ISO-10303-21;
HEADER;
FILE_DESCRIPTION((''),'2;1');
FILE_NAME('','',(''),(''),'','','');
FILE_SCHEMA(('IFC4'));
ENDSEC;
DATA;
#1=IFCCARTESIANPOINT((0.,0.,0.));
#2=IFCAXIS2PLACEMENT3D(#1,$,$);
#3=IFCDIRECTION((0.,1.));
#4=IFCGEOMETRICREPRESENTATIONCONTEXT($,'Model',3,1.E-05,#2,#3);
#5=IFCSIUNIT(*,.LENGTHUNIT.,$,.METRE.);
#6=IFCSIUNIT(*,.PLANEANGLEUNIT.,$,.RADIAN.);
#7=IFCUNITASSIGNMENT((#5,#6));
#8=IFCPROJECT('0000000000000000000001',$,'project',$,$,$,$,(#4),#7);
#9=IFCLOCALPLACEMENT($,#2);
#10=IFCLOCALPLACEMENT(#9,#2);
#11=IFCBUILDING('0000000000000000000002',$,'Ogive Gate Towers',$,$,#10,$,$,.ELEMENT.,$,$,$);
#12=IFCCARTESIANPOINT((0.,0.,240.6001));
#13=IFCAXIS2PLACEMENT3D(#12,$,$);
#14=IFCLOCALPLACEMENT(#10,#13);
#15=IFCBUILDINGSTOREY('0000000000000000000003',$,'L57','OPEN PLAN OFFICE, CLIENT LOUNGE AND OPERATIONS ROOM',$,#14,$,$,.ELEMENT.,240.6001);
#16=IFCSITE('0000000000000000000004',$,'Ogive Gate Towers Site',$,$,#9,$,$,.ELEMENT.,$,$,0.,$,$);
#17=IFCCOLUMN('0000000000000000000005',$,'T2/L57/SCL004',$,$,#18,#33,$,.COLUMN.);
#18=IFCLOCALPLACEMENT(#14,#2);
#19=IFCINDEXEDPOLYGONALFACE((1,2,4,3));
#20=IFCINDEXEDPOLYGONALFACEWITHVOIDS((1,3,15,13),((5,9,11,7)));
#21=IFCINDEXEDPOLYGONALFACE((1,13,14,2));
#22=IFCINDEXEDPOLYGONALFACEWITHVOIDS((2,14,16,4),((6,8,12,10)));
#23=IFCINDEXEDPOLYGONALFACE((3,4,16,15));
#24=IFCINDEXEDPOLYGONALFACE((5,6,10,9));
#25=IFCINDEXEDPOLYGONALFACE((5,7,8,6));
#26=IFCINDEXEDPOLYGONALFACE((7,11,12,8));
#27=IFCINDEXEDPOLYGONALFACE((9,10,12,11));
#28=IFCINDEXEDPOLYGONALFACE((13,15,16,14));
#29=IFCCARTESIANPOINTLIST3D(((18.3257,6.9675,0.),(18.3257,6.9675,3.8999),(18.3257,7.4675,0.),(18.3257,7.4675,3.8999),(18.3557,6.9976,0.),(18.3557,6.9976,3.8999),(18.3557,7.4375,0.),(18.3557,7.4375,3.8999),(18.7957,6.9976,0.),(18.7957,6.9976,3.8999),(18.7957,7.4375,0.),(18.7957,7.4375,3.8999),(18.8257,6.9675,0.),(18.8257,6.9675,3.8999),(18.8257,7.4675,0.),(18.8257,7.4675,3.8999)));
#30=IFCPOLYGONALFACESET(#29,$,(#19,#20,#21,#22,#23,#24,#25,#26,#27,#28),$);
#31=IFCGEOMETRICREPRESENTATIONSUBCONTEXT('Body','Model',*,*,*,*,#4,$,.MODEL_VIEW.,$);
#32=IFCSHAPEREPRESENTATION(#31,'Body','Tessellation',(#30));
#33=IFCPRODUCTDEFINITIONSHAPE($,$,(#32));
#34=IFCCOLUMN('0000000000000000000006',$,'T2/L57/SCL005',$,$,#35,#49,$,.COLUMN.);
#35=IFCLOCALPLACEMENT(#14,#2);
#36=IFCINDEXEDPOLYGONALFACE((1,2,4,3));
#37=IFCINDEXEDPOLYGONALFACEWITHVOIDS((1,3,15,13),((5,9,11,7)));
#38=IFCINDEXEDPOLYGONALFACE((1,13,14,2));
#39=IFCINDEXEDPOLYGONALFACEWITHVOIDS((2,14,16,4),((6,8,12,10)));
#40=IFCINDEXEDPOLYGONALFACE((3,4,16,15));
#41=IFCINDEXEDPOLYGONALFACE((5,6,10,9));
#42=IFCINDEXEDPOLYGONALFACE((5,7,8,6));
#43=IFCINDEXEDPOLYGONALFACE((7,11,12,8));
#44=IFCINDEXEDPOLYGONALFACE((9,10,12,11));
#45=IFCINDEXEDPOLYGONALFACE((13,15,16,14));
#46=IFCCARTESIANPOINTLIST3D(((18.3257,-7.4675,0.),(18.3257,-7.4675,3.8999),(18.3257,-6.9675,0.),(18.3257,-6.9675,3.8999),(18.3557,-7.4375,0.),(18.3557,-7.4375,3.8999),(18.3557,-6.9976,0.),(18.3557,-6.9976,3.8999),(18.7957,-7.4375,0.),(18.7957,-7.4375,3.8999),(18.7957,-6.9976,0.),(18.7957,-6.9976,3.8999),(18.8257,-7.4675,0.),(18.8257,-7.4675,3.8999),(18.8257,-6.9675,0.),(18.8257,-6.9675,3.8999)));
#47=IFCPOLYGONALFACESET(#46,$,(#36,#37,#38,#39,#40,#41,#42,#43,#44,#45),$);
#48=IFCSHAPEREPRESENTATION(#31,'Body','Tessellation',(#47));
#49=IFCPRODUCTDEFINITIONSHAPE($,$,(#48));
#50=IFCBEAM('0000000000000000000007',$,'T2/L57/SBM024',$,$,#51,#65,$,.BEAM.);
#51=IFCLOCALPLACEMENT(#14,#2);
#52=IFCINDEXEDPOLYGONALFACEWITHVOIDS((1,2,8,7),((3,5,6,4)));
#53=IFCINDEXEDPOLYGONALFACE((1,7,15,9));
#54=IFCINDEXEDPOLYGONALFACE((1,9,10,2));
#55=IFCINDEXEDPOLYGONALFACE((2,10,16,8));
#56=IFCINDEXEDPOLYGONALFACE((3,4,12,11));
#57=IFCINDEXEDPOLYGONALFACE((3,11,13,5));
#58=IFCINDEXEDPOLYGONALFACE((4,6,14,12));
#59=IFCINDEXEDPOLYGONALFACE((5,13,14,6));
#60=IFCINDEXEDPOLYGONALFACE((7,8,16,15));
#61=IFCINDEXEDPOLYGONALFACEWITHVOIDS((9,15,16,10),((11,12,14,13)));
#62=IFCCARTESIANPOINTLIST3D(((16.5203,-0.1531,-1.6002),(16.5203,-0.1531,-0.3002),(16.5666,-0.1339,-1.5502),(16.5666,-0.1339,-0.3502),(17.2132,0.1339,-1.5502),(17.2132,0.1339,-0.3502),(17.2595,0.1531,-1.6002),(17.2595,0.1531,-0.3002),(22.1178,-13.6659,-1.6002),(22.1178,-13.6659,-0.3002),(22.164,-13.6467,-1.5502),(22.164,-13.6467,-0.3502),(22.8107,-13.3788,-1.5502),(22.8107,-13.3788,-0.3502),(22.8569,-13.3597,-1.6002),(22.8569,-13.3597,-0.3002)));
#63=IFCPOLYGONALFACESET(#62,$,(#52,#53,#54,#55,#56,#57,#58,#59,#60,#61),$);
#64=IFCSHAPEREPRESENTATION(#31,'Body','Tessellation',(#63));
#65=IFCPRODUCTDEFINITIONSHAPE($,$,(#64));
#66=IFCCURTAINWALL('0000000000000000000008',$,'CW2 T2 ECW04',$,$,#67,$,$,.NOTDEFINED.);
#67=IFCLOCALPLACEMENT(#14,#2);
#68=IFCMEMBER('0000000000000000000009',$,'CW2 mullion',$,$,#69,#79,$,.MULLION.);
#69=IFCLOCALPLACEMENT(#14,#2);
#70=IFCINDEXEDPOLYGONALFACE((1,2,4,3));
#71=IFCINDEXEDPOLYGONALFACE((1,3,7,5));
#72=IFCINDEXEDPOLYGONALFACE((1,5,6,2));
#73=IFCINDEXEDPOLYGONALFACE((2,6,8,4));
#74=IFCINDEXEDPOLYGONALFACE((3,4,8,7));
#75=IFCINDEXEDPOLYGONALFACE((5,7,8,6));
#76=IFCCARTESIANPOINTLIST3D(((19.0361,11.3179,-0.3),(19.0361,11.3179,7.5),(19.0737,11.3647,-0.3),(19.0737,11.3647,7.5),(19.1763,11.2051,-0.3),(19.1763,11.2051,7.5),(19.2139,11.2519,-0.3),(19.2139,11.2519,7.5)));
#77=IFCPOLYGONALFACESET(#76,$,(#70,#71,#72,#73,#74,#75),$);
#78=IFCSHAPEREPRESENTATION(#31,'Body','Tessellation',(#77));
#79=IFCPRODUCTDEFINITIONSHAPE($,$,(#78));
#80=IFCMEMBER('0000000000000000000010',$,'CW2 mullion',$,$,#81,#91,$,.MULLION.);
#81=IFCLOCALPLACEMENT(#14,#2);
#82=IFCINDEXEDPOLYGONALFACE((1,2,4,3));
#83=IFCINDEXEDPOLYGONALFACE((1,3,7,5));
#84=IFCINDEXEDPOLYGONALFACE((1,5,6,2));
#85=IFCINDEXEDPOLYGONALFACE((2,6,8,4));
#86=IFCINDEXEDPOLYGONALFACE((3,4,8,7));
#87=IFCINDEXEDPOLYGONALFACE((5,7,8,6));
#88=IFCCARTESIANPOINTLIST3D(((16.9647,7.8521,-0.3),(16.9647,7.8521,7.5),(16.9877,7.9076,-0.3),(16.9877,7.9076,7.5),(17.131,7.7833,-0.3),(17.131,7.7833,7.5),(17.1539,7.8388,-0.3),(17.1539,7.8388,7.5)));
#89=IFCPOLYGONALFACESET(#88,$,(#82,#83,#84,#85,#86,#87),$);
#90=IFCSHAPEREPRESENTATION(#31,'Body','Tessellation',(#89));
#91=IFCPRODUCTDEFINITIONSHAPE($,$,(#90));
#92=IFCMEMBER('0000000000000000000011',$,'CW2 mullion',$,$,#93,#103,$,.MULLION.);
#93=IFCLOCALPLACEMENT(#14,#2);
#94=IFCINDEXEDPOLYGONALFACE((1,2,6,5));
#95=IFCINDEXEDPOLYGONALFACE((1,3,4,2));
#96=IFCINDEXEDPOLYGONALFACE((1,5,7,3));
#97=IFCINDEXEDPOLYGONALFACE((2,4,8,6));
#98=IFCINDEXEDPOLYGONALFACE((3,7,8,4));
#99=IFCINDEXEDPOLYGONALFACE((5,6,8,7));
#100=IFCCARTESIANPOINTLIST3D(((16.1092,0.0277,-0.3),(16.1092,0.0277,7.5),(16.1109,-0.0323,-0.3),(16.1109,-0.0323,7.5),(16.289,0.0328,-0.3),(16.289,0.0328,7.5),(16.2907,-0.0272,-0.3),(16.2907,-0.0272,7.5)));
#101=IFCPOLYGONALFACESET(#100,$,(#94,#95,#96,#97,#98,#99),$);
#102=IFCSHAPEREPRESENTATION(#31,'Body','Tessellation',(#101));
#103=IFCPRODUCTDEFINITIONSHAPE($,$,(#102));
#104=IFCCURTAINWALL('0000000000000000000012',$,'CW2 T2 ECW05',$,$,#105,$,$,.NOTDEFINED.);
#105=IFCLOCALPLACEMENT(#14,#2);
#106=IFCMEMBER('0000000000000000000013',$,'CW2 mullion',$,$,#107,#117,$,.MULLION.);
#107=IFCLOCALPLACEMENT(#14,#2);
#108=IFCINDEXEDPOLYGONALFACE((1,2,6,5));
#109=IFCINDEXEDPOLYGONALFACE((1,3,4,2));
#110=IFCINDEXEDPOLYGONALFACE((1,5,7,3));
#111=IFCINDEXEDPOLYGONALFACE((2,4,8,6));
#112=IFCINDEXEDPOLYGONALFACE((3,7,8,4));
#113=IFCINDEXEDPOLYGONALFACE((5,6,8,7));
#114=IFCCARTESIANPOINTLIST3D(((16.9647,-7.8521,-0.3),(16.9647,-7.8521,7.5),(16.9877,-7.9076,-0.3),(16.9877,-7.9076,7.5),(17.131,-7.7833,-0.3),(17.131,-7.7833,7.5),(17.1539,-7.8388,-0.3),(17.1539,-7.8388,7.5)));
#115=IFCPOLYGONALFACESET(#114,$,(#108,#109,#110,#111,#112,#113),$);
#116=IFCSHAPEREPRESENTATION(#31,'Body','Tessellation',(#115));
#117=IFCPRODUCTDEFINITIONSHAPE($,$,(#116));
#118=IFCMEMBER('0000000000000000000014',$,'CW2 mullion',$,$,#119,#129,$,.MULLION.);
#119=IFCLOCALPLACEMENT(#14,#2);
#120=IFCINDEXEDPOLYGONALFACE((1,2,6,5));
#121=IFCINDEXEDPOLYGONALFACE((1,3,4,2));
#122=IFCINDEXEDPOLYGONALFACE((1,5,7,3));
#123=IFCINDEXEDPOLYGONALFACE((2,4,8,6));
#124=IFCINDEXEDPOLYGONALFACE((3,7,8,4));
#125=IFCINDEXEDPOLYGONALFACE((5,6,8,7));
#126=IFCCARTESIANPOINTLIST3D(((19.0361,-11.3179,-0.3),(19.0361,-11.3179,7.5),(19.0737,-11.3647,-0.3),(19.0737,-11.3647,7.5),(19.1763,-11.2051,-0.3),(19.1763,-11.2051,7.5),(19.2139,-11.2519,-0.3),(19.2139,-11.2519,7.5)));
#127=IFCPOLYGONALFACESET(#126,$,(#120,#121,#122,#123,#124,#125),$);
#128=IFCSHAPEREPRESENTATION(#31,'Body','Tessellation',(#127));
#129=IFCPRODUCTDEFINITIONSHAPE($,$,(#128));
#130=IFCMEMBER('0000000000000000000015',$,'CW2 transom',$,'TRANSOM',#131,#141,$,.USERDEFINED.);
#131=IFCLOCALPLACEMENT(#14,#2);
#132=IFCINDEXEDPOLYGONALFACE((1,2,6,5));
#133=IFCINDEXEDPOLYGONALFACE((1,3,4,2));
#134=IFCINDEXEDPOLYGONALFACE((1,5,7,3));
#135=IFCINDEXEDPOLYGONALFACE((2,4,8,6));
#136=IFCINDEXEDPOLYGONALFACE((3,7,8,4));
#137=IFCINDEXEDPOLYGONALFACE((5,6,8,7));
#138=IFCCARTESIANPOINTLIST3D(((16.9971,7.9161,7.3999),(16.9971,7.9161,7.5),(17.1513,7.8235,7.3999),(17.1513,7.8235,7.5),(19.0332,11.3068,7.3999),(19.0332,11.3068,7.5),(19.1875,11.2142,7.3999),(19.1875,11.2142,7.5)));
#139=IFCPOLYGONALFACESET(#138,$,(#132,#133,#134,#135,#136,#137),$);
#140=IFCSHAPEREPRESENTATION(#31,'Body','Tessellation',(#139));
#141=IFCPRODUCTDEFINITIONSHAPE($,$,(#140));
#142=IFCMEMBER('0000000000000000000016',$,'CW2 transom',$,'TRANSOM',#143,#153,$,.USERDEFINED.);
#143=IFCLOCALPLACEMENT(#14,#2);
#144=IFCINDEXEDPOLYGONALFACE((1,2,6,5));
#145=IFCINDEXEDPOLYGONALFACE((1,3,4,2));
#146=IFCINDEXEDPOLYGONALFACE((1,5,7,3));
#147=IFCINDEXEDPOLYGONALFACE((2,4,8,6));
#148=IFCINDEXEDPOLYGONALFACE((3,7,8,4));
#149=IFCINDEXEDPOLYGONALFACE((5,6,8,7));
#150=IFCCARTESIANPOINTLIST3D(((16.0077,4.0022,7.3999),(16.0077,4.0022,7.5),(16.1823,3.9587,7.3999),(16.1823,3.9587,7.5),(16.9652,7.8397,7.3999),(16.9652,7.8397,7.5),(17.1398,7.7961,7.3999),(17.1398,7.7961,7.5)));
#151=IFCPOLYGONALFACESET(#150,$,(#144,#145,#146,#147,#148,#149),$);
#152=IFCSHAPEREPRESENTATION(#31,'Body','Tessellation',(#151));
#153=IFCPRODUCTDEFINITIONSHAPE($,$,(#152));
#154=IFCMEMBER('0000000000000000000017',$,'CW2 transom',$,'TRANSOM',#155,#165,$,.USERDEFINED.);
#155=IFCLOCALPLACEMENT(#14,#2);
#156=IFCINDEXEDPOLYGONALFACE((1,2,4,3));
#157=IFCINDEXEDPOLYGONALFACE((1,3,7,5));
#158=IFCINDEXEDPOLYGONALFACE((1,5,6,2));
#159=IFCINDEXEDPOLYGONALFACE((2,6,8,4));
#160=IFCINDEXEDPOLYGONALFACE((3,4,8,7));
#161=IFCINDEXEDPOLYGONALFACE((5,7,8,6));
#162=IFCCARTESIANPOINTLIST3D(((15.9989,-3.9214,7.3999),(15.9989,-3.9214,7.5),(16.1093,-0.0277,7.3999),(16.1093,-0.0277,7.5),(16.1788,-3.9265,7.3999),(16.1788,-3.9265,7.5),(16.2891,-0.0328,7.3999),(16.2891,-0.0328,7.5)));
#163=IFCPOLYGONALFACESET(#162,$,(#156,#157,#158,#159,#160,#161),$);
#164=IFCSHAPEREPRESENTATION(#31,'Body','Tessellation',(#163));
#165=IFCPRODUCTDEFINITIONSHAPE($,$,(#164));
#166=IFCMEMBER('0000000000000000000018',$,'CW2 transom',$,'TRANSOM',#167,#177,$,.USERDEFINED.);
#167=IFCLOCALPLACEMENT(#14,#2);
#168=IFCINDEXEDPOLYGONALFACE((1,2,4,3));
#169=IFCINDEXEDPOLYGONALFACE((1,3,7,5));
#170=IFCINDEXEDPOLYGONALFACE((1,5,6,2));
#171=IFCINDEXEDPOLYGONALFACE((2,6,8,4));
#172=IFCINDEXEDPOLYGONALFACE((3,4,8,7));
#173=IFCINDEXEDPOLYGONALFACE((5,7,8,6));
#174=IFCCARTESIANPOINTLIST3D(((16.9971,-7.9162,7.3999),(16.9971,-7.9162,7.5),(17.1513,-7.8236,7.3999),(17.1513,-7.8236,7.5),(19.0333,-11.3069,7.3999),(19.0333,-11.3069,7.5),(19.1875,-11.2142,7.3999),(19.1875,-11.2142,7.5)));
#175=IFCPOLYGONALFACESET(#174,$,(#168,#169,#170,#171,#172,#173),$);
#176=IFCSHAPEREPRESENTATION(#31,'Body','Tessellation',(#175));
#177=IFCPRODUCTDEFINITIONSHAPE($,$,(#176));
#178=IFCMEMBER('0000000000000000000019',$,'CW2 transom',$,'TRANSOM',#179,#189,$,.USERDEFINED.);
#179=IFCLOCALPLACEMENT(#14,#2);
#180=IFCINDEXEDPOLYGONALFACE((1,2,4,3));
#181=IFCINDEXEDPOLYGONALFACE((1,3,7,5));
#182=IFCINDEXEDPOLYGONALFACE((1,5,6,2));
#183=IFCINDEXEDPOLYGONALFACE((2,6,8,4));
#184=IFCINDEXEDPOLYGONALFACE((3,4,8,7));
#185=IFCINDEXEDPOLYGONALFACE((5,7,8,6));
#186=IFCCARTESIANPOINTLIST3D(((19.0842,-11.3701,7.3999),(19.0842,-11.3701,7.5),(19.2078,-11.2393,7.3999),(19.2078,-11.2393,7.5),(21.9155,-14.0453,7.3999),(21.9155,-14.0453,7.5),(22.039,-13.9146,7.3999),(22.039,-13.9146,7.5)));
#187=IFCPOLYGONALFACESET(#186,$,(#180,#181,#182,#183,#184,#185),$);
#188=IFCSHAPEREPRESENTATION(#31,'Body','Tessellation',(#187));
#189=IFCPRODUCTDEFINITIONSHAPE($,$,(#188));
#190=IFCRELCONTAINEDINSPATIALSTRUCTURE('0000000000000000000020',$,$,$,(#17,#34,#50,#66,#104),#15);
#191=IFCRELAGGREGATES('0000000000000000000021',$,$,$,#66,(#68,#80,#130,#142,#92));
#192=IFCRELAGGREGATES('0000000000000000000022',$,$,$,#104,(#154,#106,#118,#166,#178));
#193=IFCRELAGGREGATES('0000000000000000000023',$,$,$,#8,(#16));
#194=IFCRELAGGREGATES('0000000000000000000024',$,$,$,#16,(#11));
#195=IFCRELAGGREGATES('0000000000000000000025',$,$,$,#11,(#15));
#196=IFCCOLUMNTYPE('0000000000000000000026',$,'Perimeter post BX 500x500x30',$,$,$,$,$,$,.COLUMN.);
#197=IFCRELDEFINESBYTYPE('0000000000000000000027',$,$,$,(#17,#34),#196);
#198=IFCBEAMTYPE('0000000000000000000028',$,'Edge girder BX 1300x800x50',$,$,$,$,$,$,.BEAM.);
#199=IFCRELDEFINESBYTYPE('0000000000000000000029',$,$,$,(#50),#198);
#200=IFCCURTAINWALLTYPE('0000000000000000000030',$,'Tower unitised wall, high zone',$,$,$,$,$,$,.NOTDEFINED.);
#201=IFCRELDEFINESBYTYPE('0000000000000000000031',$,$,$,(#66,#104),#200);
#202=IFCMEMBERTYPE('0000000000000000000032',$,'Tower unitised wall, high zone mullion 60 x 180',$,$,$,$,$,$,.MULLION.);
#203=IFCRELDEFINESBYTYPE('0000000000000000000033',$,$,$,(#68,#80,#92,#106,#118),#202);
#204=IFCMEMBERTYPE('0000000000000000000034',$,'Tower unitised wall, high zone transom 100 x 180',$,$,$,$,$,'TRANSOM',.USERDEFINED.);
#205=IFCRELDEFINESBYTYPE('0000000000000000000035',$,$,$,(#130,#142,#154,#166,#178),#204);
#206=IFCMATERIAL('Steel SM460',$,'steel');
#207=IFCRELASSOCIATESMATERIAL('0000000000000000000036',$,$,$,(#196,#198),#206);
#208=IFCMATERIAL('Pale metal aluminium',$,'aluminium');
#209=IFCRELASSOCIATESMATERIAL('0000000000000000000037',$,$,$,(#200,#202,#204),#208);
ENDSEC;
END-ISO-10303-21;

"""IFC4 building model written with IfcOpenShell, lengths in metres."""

from ifc_helpers import new_model, si_unit, direction, frame, origin, origin_2d, place, context, subcontext, project, spatial, rectangle, hollow_rectangle, extrude, material, material_profile, profile_set, type_object, element, aggregate, save


model = new_model("IFC4")

# Units and contexts
model_context = context("Model", 3, precision=1e-05, world=origin(), true_north=direction((0.0, 1.0)))
body_context = subcontext(model_context, "Body", "Model", "MODEL_VIEW")
ifc_project = project(units=[si_unit("LENGTHUNIT", "METRE"), si_unit("PLANEANGLEUNIT", "RADIAN")], contexts=[model_context])

# Site, building, storey
site_placement = place(None, origin())
site = spatial("IfcSite", under=ifc_project, at=site_placement, Name="Ogive Gate Towers Site", CompositionType="ELEMENT", RefElevation=0.0)
building_placement = place(site_placement, origin())
building = spatial("IfcBuilding", under=site, at=building_placement, Name="Ogive Gate Towers", CompositionType="ELEMENT")
storey_placement = place(building_placement, frame((0.0, 0.0, 240.6001)))
storey = spatial("IfcBuildingStorey", under=building, at=storey_placement, Name="L57", Description="OPEN PLAN OFFICE, CLIENT LOUNGE AND OPERATIONS ROOM", CompositionType="ELEMENT", Elevation=240.6001)

# Columns
ifc_material_1 = material(Name="Steel SM460", Category="steel")
ifc_material_profile_1 = material_profile(ifc_material_1, hollow_rectangle(XDim=0.5, YDim=0.5, WallThickness=0.03, at=origin_2d()), Name="BX 500x500x30")
ifc_profile_set_1 = profile_set([ifc_material_profile_1], Name="Steel SM460")
column_type = type_object("IfcColumnType", Name="Perimeter post BX 500x500x30", PredefinedType="COLUMN", material=ifc_profile_set_1)
for number, where, z_axis, x_axis, name in (
    (1, (18.5757, 7.2175, 0.0), (0.0, 0.0, 1.0), (1.0, 0.0, 0.0), "T2/L57/SCL004"),
    (2, (18.5757, -7.2175, 0.0), (0.0, 0.0, 1.0), (1.0, 0.0, 0.0), "T2/L57/SCL005"),
):
    element("IfcColumn", number, at=place(storey_placement, frame(where, z_axis=z_axis, x_axis=x_axis)), inside=storey, type_object=column_type, Name=name, PredefinedType="COLUMN", context=body_context, shape_type="SweptSolid", body=[
        extrude(hollow_rectangle(XDim=0.5, YDim=0.5, WallThickness=0.03, at=origin_2d()), origin(), (0.0, 0.0, 1.0), 3.8999),
    ])

# Beam
ifc_material_profile_2 = material_profile(ifc_material_1, hollow_rectangle(XDim=0.8, YDim=1.3, WallThickness=0.05, at=origin_2d()), Name="BX 1300x800x50")
ifc_profile_set_2 = profile_set([ifc_material_profile_2], Name="Steel SM460")
beam_type = type_object("IfcBeamType", Name="Edge girder BX 1300x800x50", PredefinedType="BEAM", material=ifc_profile_set_2)
beam_placement = place(storey_placement, frame((16.8899, 0.0, -0.9502), z_axis=(0.382699, -0.923873, 0.0), x_axis=(0.923873, 0.382699, 0.0)))
element("IfcBeam", 3, at=beam_placement, inside=storey, type_object=beam_type, Name="T2/L57/SBM024", PredefinedType="BEAM", context=body_context, shape_type="SweptSolid", body=[
    extrude(hollow_rectangle(XDim=0.8, YDim=1.3, WallThickness=0.05, at=origin_2d()), origin(), (0.0, 0.0, 1.0), 14.6262),
])

# Curtain walls, members
ifc_material_2 = material(Name="Pale metal aluminium", Category="aluminium")
curtain_wall_type = type_object("IfcCurtainWallType", Name="Tower unitised wall, high zone", PredefinedType="NOTDEFINED", material=ifc_material_2)
curtain_wall_1_placement = place(storey_placement, origin())
curtain_wall_1 = element("IfcCurtainWall", 4, at=curtain_wall_1_placement, inside=storey, type_object=curtain_wall_type, Name="CW2 T2 ECW04", PredefinedType="NOTDEFINED")
ifc_material_profile_3 = material_profile(ifc_material_2, rectangle(XDim=0.1799, YDim=0.0601, at=origin_2d()), Name="60 x 180 aluminium box")
ifc_profile_set_3 = profile_set([ifc_material_profile_3], Name="Pale metal aluminium")
member_type_1 = type_object("IfcMemberType", Name="Tower unitised wall, high zone mullion 60 x 180", PredefinedType="MULLION", material=ifc_profile_set_3)
member_1_placement = place(storey_placement, frame((19.125, 11.2849, -0.3), z_axis=(0.0, 0.0, 1.0), x_axis=(-0.779283, 0.626672, 0.0)))
member_1 = element("IfcMember", 5, at=member_1_placement, type_object=member_type_1, Name="CW2 mullion", PredefinedType="MULLION", context=body_context, shape_type="SweptSolid", body=[
    extrude(rectangle(XDim=0.1799, YDim=0.0601, at=origin_2d()), origin(), (0.0, 0.0, 1.0), 7.8),
])
member_2_placement = place(storey_placement, frame((17.0593, 7.8455, -0.3), z_axis=(0.0, 0.0, 1.0), x_axis=(-0.92388, 0.382683, 0.0)))
member_2 = element("IfcMember", 6, at=member_2_placement, type_object=member_type_1, Name="CW2 mullion", PredefinedType="MULLION", context=body_context, shape_type="SweptSolid", body=[
    extrude(rectangle(XDim=0.1799, YDim=0.0601, at=origin_2d()), origin(), (0.0, 0.0, 1.0), 7.8),
])
member_3_placement = place(storey_placement, frame((16.2, 0.0002, -0.3), z_axis=(0.0, 0.0, 1.0), x_axis=(-0.999599, -0.028323, 0.0)))
member_3 = element("IfcMember", 7, at=member_3_placement, type_object=member_type_1, Name="CW2 mullion", PredefinedType="MULLION", context=body_context, shape_type="SweptSolid", body=[
    extrude(rectangle(XDim=0.1799, YDim=0.0601, at=origin_2d()), origin(), (0.0, 0.0, 1.0), 7.8),
])
curtain_wall_2_placement = place(storey_placement, origin())
curtain_wall_2 = element("IfcCurtainWall", 8, at=curtain_wall_2_placement, inside=storey, type_object=curtain_wall_type, Name="CW2 T2 ECW05", PredefinedType="NOTDEFINED")
member_4_placement = place(storey_placement, frame((17.0593, -7.8455, -0.3), z_axis=(0.0, 0.0, 1.0), x_axis=(-0.92388, -0.382683, 0.0)))
member_4 = element("IfcMember", 9, at=member_4_placement, type_object=member_type_1, Name="CW2 mullion", PredefinedType="MULLION", context=body_context, shape_type="SweptSolid", body=[
    extrude(rectangle(XDim=0.1799, YDim=0.0601, at=origin_2d()), origin(), (0.0, 0.0, 1.0), 7.8),
])
member_5_placement = place(storey_placement, frame((19.125, -11.2849, -0.3), z_axis=(0.0, 0.0, 1.0), x_axis=(-0.779283, -0.626672, 0.0)))
member_5 = element("IfcMember", 10, at=member_5_placement, type_object=member_type_1, Name="CW2 mullion", PredefinedType="MULLION", context=body_context, shape_type="SweptSolid", body=[
    extrude(rectangle(XDim=0.1799, YDim=0.0601, at=origin_2d()), origin(), (0.0, 0.0, 1.0), 7.8),
])

# Members
ifc_material_profile_4 = material_profile(ifc_material_2, rectangle(XDim=0.1799, YDim=0.1001, at=origin_2d()), Name="100 x 180 aluminium box")
ifc_profile_set_4 = profile_set([ifc_material_profile_4], Name="Pale metal aluminium")
member_type_2 = type_object("IfcMemberType", Name="Tower unitised wall, high zone transom 100 x 180", ElementType="TRANSOM", PredefinedType="USERDEFINED", material=ifc_profile_set_4)
member_6_placement = place(storey_placement, frame((19.1104, 11.2605, 7.45), z_axis=(-0.514823, -0.857297, 0.0), x_axis=(0.857297, -0.514823, 0.0)))
member_6 = element("IfcMember", 11, at=member_6_placement, type_object=member_type_2, Name="CW2 transom", ObjectType="TRANSOM", PredefinedType="USERDEFINED", context=body_context, shape_type="SweptSolid", body=[
    extrude(rectangle(XDim=0.1799, YDim=0.1001, at=origin_2d()), origin(), (0.0, 0.0, 1.0), 3.9551),
])
member_7_placement = place(storey_placement, frame((17.0525, 7.8179, 7.45), z_axis=(-0.2421, -0.970251, 0.0), x_axis=(0.970251, -0.2421, 0.0)))
member_7 = element("IfcMember", 12, at=member_7_placement, type_object=member_type_2, Name="CW2 transom", ObjectType="TRANSOM", PredefinedType="USERDEFINED", context=body_context, shape_type="SweptSolid", body=[
    extrude(rectangle(XDim=0.1799, YDim=0.1001, at=origin_2d()), origin(), (0.0, 0.0, 1.0), 3.9551),
])
member_8_placement = place(storey_placement, frame((16.1992, -0.0303, 7.45), z_axis=(-0.028329, -0.999599, 0.0), x_axis=(0.999599, -0.028329, 0.0)))
member_8 = element("IfcMember", 13, at=member_8_placement, type_object=member_type_2, Name="CW2 transom", ObjectType="TRANSOM", PredefinedType="USERDEFINED", context=body_context, shape_type="SweptSolid", body=[
    extrude(rectangle(XDim=0.1799, YDim=0.1001, at=origin_2d()), origin(), (0.0, 0.0, 1.0), 3.8953),
])
member_9_placement = place(storey_placement, frame((17.0742, -7.8699, 7.45), z_axis=(0.514823, -0.857297, 0.0), x_axis=(0.857297, 0.514823, 0.0)))
member_9 = element("IfcMember", 14, at=member_9_placement, type_object=member_type_2, Name="CW2 transom", ObjectType="TRANSOM", PredefinedType="USERDEFINED", context=body_context, shape_type="SweptSolid", body=[
    extrude(rectangle(XDim=0.1799, YDim=0.1001, at=origin_2d()), origin(), (0.0, 0.0, 1.0), 3.9551),
])
member_10_placement = place(storey_placement, frame((19.146, -11.3047, 7.45), z_axis=(0.726848, -0.686798, 0.0), x_axis=(0.686798, 0.726848, 0.0)))
member_10 = element("IfcMember", 15, at=member_10_placement, type_object=member_type_2, Name="CW2 transom", ObjectType="TRANSOM", PredefinedType="USERDEFINED", context=body_context, shape_type="SweptSolid", body=[
    extrude(rectangle(XDim=0.1799, YDim=0.1001, at=origin_2d()), origin(), (0.0, 0.0, 1.0), 3.8953),
])

aggregate(curtain_wall_1, [member_1, member_2, member_6, member_7, member_3])
aggregate(curtain_wall_2, [member_8, member_4, member_5, member_9, member_10])

save(model, "model.ifc")
